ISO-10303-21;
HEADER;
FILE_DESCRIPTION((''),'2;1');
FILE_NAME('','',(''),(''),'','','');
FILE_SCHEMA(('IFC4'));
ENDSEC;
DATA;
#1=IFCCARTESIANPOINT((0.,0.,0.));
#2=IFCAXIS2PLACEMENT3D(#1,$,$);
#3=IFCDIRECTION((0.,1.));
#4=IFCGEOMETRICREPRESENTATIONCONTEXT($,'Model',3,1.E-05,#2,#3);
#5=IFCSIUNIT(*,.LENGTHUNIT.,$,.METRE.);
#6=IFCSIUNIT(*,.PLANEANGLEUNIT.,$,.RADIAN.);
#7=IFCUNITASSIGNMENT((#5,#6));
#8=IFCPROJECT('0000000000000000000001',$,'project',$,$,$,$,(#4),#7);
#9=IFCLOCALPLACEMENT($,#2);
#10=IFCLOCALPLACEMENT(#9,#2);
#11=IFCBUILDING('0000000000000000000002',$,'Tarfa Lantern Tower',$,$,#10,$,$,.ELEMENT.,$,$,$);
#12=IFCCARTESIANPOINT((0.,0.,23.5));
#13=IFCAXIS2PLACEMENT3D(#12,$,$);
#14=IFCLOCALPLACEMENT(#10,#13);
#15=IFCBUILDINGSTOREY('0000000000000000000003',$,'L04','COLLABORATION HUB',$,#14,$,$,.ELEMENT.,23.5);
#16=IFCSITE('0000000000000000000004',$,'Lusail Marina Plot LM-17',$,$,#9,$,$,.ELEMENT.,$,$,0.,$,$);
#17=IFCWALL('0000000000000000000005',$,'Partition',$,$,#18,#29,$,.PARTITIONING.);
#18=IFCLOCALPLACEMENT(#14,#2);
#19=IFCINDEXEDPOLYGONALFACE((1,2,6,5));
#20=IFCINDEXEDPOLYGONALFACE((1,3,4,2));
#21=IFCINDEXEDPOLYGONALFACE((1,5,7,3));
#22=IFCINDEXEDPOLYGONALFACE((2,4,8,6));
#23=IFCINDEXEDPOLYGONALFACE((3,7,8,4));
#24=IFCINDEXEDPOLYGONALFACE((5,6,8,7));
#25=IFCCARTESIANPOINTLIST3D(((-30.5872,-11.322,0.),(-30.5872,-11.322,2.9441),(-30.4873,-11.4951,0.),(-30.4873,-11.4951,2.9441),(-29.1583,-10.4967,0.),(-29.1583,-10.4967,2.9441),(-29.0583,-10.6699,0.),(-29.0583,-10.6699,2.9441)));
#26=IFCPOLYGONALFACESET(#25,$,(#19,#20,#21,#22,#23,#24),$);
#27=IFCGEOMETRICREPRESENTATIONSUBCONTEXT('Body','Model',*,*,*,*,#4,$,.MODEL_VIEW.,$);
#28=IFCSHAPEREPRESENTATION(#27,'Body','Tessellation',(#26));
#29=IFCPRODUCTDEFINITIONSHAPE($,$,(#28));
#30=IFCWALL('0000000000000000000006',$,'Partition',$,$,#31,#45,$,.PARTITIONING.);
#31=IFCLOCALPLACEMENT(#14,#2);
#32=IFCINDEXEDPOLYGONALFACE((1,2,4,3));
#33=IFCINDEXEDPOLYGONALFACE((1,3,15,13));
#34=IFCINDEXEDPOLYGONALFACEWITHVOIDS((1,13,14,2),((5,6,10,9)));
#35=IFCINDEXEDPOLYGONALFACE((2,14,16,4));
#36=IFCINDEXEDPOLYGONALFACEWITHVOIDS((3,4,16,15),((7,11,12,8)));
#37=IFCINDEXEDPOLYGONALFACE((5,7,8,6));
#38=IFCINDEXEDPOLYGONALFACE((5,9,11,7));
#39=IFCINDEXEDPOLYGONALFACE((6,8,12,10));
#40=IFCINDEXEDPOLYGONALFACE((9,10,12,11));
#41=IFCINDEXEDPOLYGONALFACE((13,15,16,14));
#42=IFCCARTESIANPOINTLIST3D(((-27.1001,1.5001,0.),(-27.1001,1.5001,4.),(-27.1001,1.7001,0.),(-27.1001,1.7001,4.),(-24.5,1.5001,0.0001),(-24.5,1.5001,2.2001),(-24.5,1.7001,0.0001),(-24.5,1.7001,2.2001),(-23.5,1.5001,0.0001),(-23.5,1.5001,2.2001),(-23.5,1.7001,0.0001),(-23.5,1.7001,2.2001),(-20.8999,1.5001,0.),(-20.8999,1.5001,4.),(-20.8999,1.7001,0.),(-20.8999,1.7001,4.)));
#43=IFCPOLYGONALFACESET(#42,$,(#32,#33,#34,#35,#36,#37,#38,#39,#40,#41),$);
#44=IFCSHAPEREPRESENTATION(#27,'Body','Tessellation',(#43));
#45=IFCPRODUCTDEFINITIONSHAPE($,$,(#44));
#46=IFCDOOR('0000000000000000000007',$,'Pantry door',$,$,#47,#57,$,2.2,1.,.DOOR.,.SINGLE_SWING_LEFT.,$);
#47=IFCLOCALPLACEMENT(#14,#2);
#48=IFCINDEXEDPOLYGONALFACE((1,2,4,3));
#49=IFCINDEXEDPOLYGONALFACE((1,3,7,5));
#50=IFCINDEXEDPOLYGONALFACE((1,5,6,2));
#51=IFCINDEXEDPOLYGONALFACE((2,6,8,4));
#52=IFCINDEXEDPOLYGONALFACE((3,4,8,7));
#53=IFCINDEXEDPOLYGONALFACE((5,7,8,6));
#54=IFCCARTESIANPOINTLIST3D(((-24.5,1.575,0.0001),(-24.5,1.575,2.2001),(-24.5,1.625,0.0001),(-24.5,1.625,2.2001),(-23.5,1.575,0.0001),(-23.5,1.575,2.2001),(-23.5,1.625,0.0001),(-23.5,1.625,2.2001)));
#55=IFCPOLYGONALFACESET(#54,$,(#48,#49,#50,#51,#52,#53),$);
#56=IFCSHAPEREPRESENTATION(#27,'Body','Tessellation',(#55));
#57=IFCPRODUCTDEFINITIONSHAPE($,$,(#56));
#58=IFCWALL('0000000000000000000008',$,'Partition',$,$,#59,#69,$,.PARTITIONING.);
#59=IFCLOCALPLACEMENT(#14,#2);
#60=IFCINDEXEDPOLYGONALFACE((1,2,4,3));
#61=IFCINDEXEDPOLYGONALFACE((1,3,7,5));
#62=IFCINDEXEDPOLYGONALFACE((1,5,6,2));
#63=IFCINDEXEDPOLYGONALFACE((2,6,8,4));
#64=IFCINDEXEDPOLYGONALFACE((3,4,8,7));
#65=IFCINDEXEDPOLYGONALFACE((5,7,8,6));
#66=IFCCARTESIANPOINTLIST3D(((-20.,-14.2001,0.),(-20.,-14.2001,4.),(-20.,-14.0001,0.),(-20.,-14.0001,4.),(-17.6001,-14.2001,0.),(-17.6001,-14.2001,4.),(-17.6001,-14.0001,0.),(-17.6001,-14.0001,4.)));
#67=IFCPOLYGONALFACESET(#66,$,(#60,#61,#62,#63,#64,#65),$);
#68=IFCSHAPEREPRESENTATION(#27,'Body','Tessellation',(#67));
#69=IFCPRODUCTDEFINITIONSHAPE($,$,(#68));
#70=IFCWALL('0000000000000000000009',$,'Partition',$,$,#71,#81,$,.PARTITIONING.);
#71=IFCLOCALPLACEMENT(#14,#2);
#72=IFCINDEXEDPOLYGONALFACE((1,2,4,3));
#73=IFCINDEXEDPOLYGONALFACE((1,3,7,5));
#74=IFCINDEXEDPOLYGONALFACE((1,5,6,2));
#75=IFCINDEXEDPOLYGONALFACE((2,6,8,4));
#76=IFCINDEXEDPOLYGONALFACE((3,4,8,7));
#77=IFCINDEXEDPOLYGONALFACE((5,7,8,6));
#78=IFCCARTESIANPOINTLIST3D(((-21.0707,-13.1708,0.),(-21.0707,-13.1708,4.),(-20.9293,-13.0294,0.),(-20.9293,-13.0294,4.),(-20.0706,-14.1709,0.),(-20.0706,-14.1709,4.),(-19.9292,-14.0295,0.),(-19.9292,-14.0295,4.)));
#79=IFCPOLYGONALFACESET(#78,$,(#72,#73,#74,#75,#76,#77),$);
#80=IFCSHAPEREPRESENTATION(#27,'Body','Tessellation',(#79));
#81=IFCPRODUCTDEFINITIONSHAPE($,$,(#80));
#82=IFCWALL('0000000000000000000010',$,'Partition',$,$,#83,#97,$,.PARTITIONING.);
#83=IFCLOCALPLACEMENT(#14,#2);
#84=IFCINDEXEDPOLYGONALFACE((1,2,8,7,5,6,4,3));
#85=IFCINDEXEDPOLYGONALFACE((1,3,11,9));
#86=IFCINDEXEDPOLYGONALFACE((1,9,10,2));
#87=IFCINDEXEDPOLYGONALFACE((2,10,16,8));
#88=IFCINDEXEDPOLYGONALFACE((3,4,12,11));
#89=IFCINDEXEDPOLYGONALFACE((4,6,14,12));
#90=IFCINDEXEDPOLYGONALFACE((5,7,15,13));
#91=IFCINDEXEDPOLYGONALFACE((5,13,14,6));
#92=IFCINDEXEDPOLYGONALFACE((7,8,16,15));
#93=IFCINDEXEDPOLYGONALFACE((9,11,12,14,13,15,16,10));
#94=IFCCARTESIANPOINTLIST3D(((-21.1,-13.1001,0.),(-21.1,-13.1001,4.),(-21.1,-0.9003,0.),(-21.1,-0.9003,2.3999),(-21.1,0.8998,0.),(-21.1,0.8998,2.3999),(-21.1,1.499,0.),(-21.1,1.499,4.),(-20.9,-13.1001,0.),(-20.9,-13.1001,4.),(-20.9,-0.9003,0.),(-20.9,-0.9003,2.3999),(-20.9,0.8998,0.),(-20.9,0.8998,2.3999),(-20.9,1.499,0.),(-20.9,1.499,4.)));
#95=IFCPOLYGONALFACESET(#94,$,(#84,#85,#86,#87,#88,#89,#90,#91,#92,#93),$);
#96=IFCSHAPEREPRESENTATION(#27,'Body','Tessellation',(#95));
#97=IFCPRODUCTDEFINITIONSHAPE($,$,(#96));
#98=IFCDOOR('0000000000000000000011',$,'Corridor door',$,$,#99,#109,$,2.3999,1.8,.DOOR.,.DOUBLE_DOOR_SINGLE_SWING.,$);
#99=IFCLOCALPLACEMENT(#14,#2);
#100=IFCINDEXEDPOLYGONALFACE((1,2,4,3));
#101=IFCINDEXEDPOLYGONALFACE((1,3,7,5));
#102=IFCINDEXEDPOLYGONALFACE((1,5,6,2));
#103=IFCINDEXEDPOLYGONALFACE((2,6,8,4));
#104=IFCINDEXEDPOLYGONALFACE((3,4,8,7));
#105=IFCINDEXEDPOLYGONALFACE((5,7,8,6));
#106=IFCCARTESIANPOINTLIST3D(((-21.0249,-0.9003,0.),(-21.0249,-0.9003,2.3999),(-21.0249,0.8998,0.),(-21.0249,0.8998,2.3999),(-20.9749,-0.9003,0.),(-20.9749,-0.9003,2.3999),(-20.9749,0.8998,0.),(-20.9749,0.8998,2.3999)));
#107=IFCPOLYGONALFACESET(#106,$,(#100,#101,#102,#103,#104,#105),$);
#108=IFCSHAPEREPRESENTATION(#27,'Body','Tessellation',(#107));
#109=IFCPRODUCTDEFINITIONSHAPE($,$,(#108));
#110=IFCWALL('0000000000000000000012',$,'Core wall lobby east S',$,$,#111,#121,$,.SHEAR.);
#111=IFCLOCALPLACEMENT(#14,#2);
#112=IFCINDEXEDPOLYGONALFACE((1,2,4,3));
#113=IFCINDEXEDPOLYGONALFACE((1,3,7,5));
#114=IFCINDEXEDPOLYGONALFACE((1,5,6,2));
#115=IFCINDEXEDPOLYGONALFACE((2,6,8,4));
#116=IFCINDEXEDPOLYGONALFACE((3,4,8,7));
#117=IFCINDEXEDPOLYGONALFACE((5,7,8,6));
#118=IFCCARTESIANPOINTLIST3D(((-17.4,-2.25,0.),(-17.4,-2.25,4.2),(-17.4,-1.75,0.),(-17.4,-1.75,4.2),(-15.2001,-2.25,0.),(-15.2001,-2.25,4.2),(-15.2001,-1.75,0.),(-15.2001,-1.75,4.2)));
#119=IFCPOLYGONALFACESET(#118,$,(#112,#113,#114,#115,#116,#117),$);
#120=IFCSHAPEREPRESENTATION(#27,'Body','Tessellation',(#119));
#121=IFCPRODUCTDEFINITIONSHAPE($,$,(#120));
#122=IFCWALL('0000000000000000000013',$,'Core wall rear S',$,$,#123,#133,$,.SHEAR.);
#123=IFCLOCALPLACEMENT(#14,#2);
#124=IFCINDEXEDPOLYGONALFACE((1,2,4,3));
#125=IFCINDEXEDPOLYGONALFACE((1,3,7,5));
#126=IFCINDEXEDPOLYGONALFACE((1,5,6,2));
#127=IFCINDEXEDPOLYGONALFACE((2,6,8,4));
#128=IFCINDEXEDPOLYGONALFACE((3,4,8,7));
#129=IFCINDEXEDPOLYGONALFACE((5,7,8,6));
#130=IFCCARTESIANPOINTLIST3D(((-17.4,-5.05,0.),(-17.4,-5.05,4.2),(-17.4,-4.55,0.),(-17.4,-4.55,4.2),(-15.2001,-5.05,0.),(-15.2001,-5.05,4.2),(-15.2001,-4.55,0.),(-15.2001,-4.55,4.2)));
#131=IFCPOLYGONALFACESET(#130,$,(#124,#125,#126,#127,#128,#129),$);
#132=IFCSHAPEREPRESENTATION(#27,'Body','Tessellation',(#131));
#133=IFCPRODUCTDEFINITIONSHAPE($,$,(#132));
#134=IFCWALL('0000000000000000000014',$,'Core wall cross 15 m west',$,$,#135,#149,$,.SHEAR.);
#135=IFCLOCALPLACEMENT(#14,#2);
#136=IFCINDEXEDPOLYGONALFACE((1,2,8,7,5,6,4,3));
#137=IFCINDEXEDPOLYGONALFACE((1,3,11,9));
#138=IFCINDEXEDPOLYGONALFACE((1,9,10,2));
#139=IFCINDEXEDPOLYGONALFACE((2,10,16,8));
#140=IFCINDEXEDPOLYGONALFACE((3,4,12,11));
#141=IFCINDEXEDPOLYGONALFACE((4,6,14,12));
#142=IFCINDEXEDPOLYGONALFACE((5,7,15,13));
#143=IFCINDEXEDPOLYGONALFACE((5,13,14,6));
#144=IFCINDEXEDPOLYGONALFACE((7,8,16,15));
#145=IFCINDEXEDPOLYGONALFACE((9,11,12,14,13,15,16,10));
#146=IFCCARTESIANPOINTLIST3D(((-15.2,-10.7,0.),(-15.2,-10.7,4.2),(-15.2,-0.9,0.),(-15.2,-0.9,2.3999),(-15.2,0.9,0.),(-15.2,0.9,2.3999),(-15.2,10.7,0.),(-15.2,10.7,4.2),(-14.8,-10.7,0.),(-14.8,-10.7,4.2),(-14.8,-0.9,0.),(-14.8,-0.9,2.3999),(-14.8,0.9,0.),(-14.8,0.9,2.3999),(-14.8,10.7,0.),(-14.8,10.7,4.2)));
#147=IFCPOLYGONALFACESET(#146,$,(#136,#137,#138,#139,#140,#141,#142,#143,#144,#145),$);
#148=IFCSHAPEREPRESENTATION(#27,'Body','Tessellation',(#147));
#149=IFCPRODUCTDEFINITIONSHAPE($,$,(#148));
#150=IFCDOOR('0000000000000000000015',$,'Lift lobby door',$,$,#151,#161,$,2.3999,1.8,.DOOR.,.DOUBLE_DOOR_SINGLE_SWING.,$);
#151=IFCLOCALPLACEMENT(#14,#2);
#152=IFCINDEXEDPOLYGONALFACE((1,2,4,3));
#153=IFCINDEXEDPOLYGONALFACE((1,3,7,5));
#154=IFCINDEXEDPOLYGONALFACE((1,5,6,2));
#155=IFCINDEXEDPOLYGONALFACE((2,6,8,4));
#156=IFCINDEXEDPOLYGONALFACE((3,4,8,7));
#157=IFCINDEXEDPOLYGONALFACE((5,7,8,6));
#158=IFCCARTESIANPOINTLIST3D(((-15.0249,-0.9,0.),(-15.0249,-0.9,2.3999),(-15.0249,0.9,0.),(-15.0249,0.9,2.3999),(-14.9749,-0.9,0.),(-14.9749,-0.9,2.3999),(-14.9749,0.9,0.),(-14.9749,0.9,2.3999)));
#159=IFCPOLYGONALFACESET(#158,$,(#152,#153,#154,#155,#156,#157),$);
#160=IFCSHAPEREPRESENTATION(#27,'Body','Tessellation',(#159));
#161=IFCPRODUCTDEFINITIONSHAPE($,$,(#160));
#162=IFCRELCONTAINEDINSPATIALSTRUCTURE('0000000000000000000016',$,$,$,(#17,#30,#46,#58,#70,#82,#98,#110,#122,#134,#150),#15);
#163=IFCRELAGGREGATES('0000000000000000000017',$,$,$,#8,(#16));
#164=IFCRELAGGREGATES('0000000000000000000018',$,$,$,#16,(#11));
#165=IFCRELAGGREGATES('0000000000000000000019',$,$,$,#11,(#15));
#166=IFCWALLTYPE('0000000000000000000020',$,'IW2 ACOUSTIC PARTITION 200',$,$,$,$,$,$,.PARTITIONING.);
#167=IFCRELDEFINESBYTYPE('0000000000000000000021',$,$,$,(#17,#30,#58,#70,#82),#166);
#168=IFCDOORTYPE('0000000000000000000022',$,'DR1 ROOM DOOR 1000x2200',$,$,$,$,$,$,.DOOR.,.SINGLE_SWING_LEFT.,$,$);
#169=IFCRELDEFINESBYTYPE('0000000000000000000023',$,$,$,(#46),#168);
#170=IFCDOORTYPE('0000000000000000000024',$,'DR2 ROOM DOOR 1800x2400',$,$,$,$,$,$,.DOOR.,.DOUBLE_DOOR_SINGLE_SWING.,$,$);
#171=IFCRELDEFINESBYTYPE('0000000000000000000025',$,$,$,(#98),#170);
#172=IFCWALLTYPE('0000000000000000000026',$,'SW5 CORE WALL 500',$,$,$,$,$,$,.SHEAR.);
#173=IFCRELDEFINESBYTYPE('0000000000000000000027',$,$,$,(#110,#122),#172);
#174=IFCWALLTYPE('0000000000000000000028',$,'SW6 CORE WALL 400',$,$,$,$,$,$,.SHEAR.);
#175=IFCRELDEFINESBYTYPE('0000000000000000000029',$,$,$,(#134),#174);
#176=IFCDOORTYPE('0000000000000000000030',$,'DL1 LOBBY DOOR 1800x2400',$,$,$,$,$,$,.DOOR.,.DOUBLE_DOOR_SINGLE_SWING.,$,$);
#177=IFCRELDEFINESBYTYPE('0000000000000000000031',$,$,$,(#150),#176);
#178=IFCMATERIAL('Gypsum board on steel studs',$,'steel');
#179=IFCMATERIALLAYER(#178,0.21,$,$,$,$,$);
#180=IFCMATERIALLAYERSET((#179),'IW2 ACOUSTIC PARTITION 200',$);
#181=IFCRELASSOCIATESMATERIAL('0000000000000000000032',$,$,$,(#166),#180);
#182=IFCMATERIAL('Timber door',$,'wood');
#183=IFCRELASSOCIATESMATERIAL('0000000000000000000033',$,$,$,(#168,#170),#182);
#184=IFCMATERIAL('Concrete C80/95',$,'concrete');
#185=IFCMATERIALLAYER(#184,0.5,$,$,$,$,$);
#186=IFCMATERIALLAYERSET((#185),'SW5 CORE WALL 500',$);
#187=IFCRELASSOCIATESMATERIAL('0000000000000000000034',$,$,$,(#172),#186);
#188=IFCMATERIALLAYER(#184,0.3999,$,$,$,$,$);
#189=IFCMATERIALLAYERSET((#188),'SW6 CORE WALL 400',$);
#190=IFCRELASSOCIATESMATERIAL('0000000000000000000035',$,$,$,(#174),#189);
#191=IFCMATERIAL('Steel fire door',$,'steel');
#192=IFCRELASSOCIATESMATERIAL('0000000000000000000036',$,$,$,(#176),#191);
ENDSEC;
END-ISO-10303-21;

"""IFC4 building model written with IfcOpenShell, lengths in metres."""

from ifc_helpers import new_model, si_unit, direction, frame, frame_2d, origin, place, context, subcontext, project, spatial, rectangle, extrude, material, layer, layer_set, type_object, element, fill, save


model = new_model("IFC4")

# Units and contexts
model_context = context("Model", 3, precision=1e-05, world=origin(), true_north=direction((0.0, 1.0)))
body_context = subcontext(model_context, "Body", "Model", "MODEL_VIEW")
ifc_project = project(units=[si_unit("LENGTHUNIT", "METRE"), si_unit("PLANEANGLEUNIT", "RADIAN")], contexts=[model_context])

# Site, building, storey
site_placement = place(None, origin())
site = spatial("IfcSite", under=ifc_project, at=site_placement, Name="Lusail Marina Plot LM-17", CompositionType="ELEMENT", RefElevation=0.0)
building_placement = place(site_placement, origin())
building = spatial("IfcBuilding", under=site, at=building_placement, Name="Tarfa Lantern Tower", CompositionType="ELEMENT")
storey_placement = place(building_placement, frame((0.0, 0.0, 23.5)))
storey = spatial("IfcBuildingStorey", under=building, at=storey_placement, Name="L04", Description="COLLABORATION HUB", CompositionType="ELEMENT", Elevation=23.5)

# Shared definitions
ifc_material_1 = material(Name="Concrete C80/95", Category="concrete")

# Shared definitions
ifc_material_2 = material(Name="Gypsum board on steel studs", Category="steel")
ifc_layer_1 = layer(ifc_material_2, 0.21)
ifc_layer_set_1 = layer_set([ifc_layer_1], Name="IW2 ACOUSTIC PARTITION 200")
wall_type_1 = type_object("IfcWallType", Name="IW2 ACOUSTIC PARTITION 200", PredefinedType="PARTITIONING", material=ifc_layer_set_1)
ifc_material_3 = material(Name="Timber door", Category="wood")
door_type_1 = type_object("IfcDoorType", Name="DR1 ROOM DOOR 1000x2200", OperationType="SINGLE_SWING_LEFT", PredefinedType="DOOR", material=ifc_material_3)

# Wall
wall_1_placement = place(storey_placement, frame((-29.1082, -10.5833, 0.0), z_axis=(0.0, 0.0, 1.0), x_axis=(-0.865976, -0.500085, 0.0)))
element("IfcWall", 1, at=wall_1_placement, inside=storey, type_object=wall_type_1, Name="Partition", PredefinedType="PARTITIONING", context=body_context, shape_type="SweptSolid", body=[
    extrude(rectangle(XDim=1.6501, YDim=0.2, at=frame_2d((0.8252, 0.0))), origin(), (0.0, 0.0, 1.0), 2.9441),
])

# Wall, opening, door
wall_2_placement = place(storey_placement, frame((-20.8999, 1.6001, 0.0), z_axis=(0.0, 0.0, 1.0), x_axis=(-1.0, 0.0, 0.0)))
wall_2 = element("IfcWall", 2, at=wall_2_placement, inside=storey, type_object=wall_type_1, Name="Partition", PredefinedType="PARTITIONING", context=body_context, shape_type="SweptSolid", body=[
    extrude(rectangle(XDim=6.2002, YDim=0.2, at=frame_2d((3.1001, 0.0))), origin(), (0.0, 0.0, 1.0), 4.0),
])
opening_1_placement = place(wall_2_placement, frame((2.6001, 0.0, 0.0)))
opening_1 = element("IfcOpeningElement", 3, at=opening_1_placement, cuts=wall_2, PredefinedType="OPENING", context=body_context, shape_type="SweptSolid", body=[
    extrude(rectangle(XDim=1.0, YDim=2.2, at=frame_2d((0.5, 1.1001))), frame((0.0, 0.1099, 0.0), z_axis=(0.0, -1.0, 0.0), x_axis=(1.0, 0.0, 0.0)), (0.0, 0.0, 1.0), 0.22),
])
door_1_placement = place(opening_1_placement, frame((1.0, 0.0, 0.0), z_axis=(0.0, 0.0, 1.0), x_axis=(-1.0, 0.0, 0.0)))
door_1 = element("IfcDoor", 4, at=door_1_placement, inside=storey, type_object=door_type_1, Name="Pantry door", OperationType="SINGLE_SWING_LEFT", OverallHeight=2.2, OverallWidth=1.0, PredefinedType="DOOR", context=body_context, shape_type="SweptSolid", body=[
    extrude(rectangle(XDim=1.0, YDim=2.2, at=frame_2d((0.5, 1.1001))), frame((0.0, 0.0249, 0.0), z_axis=(0.0, -1.0, 0.0), x_axis=(1.0, 0.0, 0.0)), (0.0, 0.0, 1.0), 0.05),
])
fill(opening_1, door_1)

# Walls
wall_3_placement = place(storey_placement, frame((-17.6001, -14.1001, 0.0), z_axis=(0.0, 0.0, 1.0), x_axis=(-1.0, 0.0, 0.0)))
element("IfcWall", 5, at=wall_3_placement, inside=storey, type_object=wall_type_1, Name="Partition", PredefinedType="PARTITIONING", context=body_context, shape_type="SweptSolid", body=[
    extrude(rectangle(XDim=2.3999, YDim=0.2, at=frame_2d((1.2, 0.0))), origin(), (0.0, 0.0, 1.0), 4.0),
])
wall_4_placement = place(storey_placement, frame((-20.0, -14.1001, 0.0), z_axis=(0.0, 0.0, 1.0), x_axis=(-0.707107, 0.707107, 0.0)))
element("IfcWall", 6, at=wall_4_placement, inside=storey, type_object=wall_type_1, Name="Partition", PredefinedType="PARTITIONING", context=body_context, shape_type="SweptSolid", body=[
    extrude(rectangle(XDim=1.4143, YDim=0.2, at=frame_2d((0.707, 0.0))), origin(), (0.0, 0.0, 1.0), 4.0),
])

# Wall, opening, door
wall_5_placement = place(storey_placement, frame((-21.0, -13.1001, 0.0), z_axis=(0.0, 0.0, 1.0), x_axis=(0.0, 1.0, 0.0)))
wall_5 = element("IfcWall", 7, at=wall_5_placement, inside=storey, type_object=wall_type_1, Name="Partition", PredefinedType="PARTITIONING", context=body_context, shape_type="SweptSolid", body=[
    extrude(rectangle(XDim=14.5991, YDim=0.2, at=frame_2d((7.2996, 0.0))), origin(), (0.0, 0.0, 1.0), 4.0),
])
opening_2_placement = place(wall_5_placement, frame((12.2, 0.0, 0.0)))
opening_2 = element("IfcOpeningElement", 8, at=opening_2_placement, cuts=wall_5, PredefinedType="OPENING", context=body_context, shape_type="SweptSolid", body=[
    extrude(rectangle(XDim=1.8, YDim=2.3999, at=frame_2d((0.8999, 1.2))), frame((0.0, 0.1099, 0.0), z_axis=(0.0, -1.0, 0.0), x_axis=(1.0, 0.0, 0.0)), (0.0, 0.0, 1.0), 0.22),
])
door_type_2 = type_object("IfcDoorType", Name="DR2 ROOM DOOR 1800x2400", OperationType="DOUBLE_DOOR_SINGLE_SWING", PredefinedType="DOOR", material=ifc_material_3)
door_2_placement = place(opening_2_placement, origin())
door_2 = element("IfcDoor", 9, at=door_2_placement, inside=storey, type_object=door_type_2, Name="Corridor door", OperationType="DOUBLE_DOOR_SINGLE_SWING", OverallHeight=2.3999, OverallWidth=1.8, PredefinedType="DOOR", context=body_context, shape_type="SweptSolid", body=[
    extrude(rectangle(XDim=1.8, YDim=2.3999, at=frame_2d((0.8999, 1.2))), frame((0.0, 0.0249, 0.0), z_axis=(0.0, -1.0, 0.0), x_axis=(1.0, 0.0, 0.0)), (0.0, 0.0, 1.0), 0.05),
])
fill(opening_2, door_2)

# Walls
ifc_layer_2 = layer(ifc_material_1, 0.5)
ifc_layer_set_2 = layer_set([ifc_layer_2], Name="SW5 CORE WALL 500")
wall_type_2 = type_object("IfcWallType", Name="SW5 CORE WALL 500", PredefinedType="SHEAR", material=ifc_layer_set_2)
for number, where, z_axis, x_axis, name in (
    (10, (-15.2, -2.0, 0.0), (0.0, 0.0, 1.0), (-1.0, 0.0, 0.0), "Core wall lobby east S"),
    (11, (-15.2, -4.8, 0.0), (0.0, 0.0, 1.0), (-1.0, 0.0, 0.0), "Core wall rear S"),
):
    element("IfcWall", number, at=place(storey_placement, frame(where, z_axis=z_axis, x_axis=x_axis)), inside=storey, type_object=wall_type_2, Name=name, PredefinedType="SHEAR", context=body_context, shape_type="SweptSolid", body=[
        extrude(rectangle(XDim=2.2, YDim=0.5, at=frame_2d((1.1001, 0.0))), origin(), (0.0, 0.0, 1.0), 4.2),
    ])

# Wall, opening, door
ifc_layer_3 = layer(ifc_material_1, 0.3999)
ifc_layer_set_3 = layer_set([ifc_layer_3], Name="SW6 CORE WALL 400")
wall_type_3 = type_object("IfcWallType", Name="SW6 CORE WALL 400", PredefinedType="SHEAR", material=ifc_layer_set_3)
wall_6_placement = place(storey_placement, frame((-15.0, -10.7, 0.0), z_axis=(0.0, 0.0, 1.0), x_axis=(0.0, 1.0, 0.0)))
wall_6 = element("IfcWall", 12, at=wall_6_placement, inside=storey, type_object=wall_type_3, Name="Core wall cross 15 m west", PredefinedType="SHEAR", context=body_context, shape_type="SweptSolid", body=[
    extrude(rectangle(XDim=21.3999, YDim=0.3999, at=frame_2d((10.7, 0.0))), origin(), (0.0, 0.0, 1.0), 4.2),
])
opening_3_placement = place(wall_6_placement, frame((9.8, 0.0, 0.0)))
opening_3 = element("IfcOpeningElement", 13, at=opening_3_placement, cuts=wall_6, PredefinedType="OPENING", context=body_context, shape_type="SweptSolid", body=[
    extrude(rectangle(XDim=1.8, YDim=2.3999, at=frame_2d((0.8999, 1.2))), frame((0.0, 0.21, 0.0), z_axis=(0.0, -1.0, 0.0), x_axis=(1.0, 0.0, 0.0)), (0.0, 0.0, 1.0), 0.4199),
])
ifc_material_4 = material(Name="Steel fire door", Category="steel")
door_type_3 = type_object("IfcDoorType", Name="DL1 LOBBY DOOR 1800x2400", OperationType="DOUBLE_DOOR_SINGLE_SWING", PredefinedType="DOOR", material=ifc_material_4)
door_3_placement = place(opening_3_placement, origin())
door_3 = element("IfcDoor", 14, at=door_3_placement, inside=storey, type_object=door_type_3, Name="Lift lobby door", OperationType="DOUBLE_DOOR_SINGLE_SWING", OverallHeight=2.3999, OverallWidth=1.8, PredefinedType="DOOR", context=body_context, shape_type="SweptSolid", body=[
    extrude(rectangle(XDim=1.8, YDim=2.3999, at=frame_2d((0.8999, 1.2))), frame((0.0, 0.0249, 0.0), z_axis=(0.0, -1.0, 0.0), x_axis=(1.0, 0.0, 0.0)), (0.0, 0.0, 1.0), 0.05),
])
fill(opening_3, door_3)

save(model, "model.ifc")
